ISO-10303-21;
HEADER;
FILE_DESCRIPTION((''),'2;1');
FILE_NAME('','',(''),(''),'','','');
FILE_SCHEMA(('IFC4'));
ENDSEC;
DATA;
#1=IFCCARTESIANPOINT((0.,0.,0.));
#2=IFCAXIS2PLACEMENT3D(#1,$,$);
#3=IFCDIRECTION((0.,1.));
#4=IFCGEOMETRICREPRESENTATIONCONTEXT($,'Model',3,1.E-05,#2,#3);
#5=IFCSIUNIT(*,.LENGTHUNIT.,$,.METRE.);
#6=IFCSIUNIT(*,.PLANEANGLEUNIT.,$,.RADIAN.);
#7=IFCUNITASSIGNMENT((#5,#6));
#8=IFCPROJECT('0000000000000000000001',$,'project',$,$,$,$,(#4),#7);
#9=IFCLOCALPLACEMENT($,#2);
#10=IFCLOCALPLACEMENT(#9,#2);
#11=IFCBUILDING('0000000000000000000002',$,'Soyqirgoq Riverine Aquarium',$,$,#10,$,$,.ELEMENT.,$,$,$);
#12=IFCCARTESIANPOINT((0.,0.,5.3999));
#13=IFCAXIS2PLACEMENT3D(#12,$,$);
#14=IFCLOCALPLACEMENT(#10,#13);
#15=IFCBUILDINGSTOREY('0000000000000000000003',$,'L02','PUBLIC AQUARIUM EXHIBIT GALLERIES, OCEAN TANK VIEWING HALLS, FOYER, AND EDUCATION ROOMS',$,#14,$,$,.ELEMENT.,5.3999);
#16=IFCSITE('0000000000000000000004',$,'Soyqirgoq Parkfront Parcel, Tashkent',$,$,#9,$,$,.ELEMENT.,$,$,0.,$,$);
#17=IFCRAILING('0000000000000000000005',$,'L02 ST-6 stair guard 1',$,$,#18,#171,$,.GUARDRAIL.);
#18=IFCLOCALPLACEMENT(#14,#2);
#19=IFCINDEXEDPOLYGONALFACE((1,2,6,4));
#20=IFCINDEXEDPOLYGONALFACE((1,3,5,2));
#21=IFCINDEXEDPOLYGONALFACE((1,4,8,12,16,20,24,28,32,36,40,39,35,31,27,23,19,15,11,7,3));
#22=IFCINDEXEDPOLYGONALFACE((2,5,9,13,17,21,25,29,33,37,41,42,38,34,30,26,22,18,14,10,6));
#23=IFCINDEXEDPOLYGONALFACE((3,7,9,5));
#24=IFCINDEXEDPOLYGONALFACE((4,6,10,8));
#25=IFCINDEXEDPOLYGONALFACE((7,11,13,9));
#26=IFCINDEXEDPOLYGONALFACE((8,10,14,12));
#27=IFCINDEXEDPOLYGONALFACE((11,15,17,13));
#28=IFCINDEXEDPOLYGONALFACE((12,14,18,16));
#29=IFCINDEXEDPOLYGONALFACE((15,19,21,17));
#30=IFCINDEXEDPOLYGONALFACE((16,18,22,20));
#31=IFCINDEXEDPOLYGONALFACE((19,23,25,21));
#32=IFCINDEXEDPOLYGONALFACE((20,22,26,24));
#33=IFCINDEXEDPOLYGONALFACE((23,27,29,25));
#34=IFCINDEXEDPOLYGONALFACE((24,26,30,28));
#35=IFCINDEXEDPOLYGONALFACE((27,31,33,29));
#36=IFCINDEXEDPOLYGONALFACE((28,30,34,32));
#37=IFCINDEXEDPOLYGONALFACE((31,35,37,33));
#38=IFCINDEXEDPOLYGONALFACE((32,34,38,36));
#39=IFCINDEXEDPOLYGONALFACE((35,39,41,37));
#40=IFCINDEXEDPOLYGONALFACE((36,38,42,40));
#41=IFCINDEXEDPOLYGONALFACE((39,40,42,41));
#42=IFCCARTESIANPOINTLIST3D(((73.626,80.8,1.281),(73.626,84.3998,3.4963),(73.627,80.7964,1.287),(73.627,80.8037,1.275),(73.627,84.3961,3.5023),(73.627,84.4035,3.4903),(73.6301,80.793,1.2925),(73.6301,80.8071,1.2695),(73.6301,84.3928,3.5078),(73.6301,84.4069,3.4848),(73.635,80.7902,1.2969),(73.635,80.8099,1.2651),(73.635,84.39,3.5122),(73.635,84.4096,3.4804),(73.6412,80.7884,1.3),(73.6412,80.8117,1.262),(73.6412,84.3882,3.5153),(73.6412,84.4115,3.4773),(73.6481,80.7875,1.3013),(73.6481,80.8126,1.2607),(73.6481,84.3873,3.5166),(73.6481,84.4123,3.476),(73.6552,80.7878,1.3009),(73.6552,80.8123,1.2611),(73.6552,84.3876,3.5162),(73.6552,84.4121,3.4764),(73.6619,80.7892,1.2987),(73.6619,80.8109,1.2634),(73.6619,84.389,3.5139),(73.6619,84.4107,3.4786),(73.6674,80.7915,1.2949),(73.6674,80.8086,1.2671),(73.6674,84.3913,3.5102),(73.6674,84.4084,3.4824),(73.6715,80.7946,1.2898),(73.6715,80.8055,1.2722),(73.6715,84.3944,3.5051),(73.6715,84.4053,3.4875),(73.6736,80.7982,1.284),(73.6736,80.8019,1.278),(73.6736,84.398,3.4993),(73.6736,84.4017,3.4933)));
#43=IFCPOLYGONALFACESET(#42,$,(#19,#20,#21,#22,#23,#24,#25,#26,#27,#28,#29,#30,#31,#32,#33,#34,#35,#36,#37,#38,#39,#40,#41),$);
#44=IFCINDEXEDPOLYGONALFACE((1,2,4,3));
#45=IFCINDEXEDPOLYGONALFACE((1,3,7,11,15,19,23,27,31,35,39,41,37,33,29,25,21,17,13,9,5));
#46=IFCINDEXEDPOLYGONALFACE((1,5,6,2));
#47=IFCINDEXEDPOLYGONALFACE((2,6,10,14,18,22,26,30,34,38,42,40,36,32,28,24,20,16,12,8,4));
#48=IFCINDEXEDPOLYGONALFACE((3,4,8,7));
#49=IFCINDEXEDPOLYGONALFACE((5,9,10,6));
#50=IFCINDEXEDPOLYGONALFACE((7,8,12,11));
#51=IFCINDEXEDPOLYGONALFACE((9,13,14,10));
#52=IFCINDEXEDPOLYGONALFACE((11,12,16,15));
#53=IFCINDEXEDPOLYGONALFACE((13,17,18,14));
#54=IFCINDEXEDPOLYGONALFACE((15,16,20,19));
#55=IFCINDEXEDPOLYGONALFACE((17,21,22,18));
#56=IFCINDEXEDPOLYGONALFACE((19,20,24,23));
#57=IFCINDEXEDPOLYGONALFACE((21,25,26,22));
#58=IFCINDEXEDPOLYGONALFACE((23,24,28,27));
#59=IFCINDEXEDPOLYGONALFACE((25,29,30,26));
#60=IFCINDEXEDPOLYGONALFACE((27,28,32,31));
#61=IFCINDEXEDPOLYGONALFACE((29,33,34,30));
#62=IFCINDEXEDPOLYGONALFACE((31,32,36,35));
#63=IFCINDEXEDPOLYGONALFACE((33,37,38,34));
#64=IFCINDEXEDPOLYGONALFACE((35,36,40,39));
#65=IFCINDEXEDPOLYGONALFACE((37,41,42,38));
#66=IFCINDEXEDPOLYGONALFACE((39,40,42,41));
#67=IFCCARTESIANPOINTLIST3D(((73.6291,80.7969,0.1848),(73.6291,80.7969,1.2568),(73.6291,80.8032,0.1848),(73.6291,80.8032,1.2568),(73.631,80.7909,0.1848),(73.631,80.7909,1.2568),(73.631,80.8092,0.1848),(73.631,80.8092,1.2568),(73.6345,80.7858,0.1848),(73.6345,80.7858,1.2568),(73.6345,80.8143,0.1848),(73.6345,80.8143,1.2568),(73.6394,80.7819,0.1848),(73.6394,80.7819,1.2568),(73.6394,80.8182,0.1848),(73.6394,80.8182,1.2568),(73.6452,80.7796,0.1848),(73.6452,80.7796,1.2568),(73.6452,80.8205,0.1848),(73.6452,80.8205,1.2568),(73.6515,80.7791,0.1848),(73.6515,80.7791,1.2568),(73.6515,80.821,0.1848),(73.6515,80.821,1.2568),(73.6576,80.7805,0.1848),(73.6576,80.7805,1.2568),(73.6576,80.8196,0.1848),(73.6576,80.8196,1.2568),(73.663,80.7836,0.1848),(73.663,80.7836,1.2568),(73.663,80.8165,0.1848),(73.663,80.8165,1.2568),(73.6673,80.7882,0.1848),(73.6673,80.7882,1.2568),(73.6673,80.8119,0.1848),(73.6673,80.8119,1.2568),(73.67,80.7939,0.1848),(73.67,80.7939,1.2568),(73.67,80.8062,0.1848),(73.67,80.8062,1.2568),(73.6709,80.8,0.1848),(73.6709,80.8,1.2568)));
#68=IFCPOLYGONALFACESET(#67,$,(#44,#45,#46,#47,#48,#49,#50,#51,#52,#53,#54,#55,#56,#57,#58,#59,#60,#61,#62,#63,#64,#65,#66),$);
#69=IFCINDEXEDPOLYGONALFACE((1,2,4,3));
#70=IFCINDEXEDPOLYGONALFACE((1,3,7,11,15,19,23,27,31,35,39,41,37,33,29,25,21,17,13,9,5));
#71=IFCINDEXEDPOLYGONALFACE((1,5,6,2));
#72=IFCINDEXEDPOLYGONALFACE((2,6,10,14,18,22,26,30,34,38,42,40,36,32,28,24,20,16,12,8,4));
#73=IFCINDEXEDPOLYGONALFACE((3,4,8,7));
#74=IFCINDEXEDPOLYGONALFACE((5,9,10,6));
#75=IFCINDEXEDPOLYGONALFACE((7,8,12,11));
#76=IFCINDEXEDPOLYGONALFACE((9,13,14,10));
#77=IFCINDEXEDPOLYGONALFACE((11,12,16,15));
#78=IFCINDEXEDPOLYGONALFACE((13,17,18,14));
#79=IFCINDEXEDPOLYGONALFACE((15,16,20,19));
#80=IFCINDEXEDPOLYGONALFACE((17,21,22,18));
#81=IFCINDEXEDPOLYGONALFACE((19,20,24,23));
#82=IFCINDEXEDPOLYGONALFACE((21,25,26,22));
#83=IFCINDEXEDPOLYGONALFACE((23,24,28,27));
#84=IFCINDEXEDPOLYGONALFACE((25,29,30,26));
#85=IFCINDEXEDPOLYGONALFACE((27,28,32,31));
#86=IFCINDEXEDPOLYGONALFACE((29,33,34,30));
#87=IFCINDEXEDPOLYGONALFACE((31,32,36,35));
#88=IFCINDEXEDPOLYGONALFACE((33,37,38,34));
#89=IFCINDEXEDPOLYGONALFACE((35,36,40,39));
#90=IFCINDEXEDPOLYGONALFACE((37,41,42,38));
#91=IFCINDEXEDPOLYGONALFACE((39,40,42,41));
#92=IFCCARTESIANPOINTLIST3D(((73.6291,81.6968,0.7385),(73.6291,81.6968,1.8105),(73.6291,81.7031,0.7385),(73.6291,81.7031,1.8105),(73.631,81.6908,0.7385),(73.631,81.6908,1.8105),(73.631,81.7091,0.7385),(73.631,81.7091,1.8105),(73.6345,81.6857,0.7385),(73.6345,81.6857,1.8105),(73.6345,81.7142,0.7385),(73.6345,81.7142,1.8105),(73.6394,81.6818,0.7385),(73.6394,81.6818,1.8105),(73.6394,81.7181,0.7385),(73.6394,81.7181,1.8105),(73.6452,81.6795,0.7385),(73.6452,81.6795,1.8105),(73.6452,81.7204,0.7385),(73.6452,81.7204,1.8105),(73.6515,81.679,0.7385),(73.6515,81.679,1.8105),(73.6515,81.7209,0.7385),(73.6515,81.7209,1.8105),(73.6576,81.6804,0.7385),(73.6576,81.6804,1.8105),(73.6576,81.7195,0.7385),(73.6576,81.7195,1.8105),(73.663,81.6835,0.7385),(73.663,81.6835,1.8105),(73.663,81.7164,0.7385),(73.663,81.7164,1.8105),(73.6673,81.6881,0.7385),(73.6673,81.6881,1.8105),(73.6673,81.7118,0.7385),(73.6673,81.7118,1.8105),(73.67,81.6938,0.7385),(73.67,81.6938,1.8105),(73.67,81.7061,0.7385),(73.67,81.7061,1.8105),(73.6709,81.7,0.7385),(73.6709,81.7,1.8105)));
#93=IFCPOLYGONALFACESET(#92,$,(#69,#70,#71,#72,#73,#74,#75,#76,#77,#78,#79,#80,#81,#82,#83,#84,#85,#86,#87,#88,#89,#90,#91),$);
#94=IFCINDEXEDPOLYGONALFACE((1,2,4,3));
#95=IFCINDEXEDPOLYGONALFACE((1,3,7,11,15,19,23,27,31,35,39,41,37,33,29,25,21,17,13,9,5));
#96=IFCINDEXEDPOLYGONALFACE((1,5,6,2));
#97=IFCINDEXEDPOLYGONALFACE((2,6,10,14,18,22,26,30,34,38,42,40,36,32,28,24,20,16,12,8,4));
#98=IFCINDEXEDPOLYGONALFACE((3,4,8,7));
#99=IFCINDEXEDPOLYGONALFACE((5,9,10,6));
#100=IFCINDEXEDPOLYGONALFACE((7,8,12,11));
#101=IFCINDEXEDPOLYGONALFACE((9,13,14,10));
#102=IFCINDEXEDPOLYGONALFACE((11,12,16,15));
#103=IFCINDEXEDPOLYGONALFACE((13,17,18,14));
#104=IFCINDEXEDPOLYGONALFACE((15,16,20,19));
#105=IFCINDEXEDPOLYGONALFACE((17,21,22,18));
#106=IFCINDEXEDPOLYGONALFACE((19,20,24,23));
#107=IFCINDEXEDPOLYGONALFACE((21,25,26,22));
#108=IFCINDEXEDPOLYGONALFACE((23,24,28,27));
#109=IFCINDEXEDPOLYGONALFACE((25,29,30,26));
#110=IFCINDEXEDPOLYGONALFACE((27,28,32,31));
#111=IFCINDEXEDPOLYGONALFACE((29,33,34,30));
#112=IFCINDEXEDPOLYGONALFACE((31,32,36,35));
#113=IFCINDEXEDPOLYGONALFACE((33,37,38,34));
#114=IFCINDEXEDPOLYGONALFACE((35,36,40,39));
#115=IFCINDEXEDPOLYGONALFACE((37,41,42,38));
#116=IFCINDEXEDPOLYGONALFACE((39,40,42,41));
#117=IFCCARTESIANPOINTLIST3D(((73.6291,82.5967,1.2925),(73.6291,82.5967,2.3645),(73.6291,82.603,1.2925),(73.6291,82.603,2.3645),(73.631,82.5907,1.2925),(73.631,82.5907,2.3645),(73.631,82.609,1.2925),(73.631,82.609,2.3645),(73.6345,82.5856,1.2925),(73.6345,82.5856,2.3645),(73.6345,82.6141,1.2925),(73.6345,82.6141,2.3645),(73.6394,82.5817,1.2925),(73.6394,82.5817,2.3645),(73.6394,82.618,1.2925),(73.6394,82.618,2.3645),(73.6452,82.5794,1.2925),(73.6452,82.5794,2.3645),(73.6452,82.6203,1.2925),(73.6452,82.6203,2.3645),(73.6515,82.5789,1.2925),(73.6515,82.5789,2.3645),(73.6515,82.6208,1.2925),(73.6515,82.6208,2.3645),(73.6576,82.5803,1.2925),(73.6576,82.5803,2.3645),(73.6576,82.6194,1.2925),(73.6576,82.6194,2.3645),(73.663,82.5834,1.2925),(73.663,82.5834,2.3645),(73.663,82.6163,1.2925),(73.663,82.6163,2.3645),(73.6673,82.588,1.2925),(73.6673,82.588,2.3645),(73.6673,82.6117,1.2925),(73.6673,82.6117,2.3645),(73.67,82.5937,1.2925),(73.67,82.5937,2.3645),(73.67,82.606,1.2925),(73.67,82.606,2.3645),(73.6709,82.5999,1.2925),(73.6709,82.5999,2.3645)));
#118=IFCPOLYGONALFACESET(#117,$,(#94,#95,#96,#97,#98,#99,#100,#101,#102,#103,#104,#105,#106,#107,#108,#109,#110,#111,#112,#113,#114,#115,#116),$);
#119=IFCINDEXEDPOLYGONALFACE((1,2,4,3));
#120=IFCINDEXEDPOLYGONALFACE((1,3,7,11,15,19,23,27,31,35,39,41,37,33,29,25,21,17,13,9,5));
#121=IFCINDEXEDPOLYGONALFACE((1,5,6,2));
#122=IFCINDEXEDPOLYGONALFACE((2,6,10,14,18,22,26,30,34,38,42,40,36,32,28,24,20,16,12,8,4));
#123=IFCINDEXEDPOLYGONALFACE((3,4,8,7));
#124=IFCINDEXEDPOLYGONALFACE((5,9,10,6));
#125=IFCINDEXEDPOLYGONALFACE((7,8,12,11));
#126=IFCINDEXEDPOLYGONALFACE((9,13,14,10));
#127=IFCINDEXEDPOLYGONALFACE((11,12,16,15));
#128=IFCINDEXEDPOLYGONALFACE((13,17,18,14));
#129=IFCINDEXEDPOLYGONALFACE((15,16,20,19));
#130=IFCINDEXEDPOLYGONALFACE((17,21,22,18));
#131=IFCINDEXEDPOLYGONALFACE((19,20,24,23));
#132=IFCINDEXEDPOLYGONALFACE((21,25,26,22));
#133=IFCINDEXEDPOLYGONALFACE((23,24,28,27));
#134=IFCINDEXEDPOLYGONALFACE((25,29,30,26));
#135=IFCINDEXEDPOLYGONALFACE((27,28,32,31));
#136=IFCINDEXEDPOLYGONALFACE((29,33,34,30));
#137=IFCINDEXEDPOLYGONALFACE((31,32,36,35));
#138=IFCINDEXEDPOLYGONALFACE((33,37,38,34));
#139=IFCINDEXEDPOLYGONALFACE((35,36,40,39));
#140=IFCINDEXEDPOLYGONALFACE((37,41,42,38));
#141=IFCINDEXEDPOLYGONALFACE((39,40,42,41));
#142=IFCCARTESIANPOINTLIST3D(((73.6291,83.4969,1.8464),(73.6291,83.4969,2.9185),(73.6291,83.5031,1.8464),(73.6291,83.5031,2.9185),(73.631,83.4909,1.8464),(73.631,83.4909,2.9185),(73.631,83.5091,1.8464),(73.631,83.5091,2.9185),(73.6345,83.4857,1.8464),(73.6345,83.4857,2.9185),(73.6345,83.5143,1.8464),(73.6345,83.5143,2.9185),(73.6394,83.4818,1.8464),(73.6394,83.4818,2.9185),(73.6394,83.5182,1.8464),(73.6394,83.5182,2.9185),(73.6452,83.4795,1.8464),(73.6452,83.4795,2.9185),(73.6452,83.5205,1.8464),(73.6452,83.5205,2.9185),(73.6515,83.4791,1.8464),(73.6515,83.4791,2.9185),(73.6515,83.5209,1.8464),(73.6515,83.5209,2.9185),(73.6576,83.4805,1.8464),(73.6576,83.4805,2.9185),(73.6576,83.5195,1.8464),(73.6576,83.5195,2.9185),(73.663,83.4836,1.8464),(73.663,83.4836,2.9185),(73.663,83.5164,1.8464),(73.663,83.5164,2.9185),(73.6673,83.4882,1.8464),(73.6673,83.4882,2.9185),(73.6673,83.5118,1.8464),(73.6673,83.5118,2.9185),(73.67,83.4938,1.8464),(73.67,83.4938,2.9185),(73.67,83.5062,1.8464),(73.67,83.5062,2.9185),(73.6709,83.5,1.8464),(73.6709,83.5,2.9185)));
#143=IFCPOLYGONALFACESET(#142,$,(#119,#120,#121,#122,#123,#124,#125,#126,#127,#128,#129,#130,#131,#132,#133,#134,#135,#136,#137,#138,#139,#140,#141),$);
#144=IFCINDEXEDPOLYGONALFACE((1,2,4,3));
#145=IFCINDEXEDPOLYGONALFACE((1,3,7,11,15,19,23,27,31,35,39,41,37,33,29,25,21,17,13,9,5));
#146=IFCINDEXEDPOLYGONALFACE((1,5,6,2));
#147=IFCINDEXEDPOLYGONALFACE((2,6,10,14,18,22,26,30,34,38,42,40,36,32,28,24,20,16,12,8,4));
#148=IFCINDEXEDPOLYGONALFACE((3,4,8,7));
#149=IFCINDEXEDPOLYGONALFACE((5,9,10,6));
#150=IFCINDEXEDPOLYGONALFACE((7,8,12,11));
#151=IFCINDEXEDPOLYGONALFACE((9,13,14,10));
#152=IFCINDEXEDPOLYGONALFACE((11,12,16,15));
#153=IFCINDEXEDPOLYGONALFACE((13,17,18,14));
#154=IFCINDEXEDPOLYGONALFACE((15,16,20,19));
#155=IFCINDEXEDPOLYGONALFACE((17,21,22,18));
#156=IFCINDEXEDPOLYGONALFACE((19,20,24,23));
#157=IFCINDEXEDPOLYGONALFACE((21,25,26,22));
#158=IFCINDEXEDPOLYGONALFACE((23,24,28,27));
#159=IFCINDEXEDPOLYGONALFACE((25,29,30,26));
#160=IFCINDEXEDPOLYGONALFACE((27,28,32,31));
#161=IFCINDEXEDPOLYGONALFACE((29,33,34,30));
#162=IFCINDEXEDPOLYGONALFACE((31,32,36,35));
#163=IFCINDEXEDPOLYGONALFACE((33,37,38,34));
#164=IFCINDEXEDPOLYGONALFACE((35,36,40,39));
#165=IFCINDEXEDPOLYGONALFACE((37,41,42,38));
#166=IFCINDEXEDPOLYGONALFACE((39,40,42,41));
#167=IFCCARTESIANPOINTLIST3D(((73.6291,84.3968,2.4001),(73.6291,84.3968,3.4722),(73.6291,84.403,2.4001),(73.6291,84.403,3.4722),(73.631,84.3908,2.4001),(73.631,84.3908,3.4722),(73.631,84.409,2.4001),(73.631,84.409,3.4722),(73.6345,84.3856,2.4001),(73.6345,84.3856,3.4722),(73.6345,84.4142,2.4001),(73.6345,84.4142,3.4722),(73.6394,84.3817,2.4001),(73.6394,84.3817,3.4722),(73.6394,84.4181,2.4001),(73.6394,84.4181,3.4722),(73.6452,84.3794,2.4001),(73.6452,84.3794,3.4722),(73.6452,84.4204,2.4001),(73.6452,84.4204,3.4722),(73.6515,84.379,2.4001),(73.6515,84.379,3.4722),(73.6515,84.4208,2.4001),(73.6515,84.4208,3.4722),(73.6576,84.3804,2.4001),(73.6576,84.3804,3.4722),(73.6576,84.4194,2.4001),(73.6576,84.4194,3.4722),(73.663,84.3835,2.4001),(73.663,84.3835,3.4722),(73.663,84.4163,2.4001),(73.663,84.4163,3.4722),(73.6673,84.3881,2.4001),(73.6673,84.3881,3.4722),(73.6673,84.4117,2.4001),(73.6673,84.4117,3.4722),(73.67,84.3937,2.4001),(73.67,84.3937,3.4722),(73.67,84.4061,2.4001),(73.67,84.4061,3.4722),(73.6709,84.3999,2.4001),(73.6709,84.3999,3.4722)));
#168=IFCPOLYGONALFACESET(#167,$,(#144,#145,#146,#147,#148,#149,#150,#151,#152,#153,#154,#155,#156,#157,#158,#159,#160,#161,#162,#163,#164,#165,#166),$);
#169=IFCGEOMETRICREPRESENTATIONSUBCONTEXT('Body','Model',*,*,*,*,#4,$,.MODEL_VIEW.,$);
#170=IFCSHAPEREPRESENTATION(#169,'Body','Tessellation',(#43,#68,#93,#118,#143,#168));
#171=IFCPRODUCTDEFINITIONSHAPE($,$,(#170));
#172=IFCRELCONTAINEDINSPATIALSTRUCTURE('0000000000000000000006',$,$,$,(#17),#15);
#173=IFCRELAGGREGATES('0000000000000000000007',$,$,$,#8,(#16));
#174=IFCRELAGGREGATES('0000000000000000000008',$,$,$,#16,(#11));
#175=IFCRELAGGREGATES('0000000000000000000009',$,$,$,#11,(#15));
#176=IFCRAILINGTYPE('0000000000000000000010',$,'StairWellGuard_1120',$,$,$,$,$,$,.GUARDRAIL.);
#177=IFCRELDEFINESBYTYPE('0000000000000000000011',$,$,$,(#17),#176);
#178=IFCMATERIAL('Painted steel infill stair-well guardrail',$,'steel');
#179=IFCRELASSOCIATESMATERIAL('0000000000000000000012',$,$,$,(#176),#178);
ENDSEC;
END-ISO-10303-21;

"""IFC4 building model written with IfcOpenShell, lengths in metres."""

from ifc_helpers import new_model, si_unit, direction, frame, origin, origin_2d, place, context, subcontext, project, spatial, circle, extrude, material, type_object, element, save


model = new_model("IFC4")

# Units and contexts
model_context = context("Model", 3, precision=1e-05, world=origin(), true_north=direction((0.0, 1.0)))
body_context = subcontext(model_context, "Body", "Model", "MODEL_VIEW")
ifc_project = project(units=[si_unit("LENGTHUNIT", "METRE"), si_unit("PLANEANGLEUNIT", "RADIAN")], contexts=[model_context])

# Site, building, storey
site_placement = place(None, origin())
site = spatial("IfcSite", under=ifc_project, at=site_placement, Name="Soyqirgoq Parkfront Parcel, Tashkent", CompositionType="ELEMENT", RefElevation=0.0)
building_placement = place(site_placement, origin())
building = spatial("IfcBuilding", under=site, at=building_placement, Name="Soyqirgoq Riverine Aquarium", CompositionType="ELEMENT")
storey_placement = place(building_placement, frame((0.0, 0.0, 5.3999)))
storey = spatial("IfcBuildingStorey", under=building, at=storey_placement, Name="L02", Description="PUBLIC AQUARIUM EXHIBIT GALLERIES, OCEAN TANK VIEWING HALLS, FOYER, AND EDUCATION ROOMS", CompositionType="ELEMENT", Elevation=5.3999)

# Railing
ifc_material_1 = material(Name="Painted steel infill stair-well guardrail", Category="steel")
railing_type_1 = type_object("IfcRailingType", Name="StairWellGuard_1120", PredefinedType="GUARDRAIL", material=ifc_material_1)
railing_1_placement = place(storey_placement, frame((73.6499, 80.8, 0.1848)))
element("IfcRailing", 1, at=railing_1_placement, inside=storey, type_object=railing_type_1, Name="L02 ST-6 stair guard 1", PredefinedType="GUARDRAIL", context=body_context, shape_type="SweptSolid", body=[
    extrude(circle(Radius=0.0239, at=origin_2d()), frame((0.0, 0.0, 1.0962), z_axis=(0.0, 0.851654, 0.524104), x_axis=(-1.0, 0.0, 0.0)), (0.0, 0.0, 1.0), 4.2268),
    extrude(circle(Radius=0.021, at=origin_2d()), origin(), (0.0, 0.0, 1.0), 1.072),
    extrude(circle(Radius=0.021, at=origin_2d()), frame((0.0, 0.8999, 0.5537)), (0.0, 0.0, 1.0), 1.072),
    extrude(circle(Radius=0.021, at=origin_2d()), frame((0.0, 1.7998, 1.1077)), (0.0, 0.0, 1.0), 1.072),
    extrude(circle(Radius=0.021, at=origin_2d()), frame((0.0, 2.7, 1.6616)), (0.0, 0.0, 1.0), 1.072),
    extrude(circle(Radius=0.021, at=origin_2d()), frame((0.0, 3.5999, 2.2153)), (0.0, 0.0, 1.0), 1.072),
])

save(model, "model.ifc")
